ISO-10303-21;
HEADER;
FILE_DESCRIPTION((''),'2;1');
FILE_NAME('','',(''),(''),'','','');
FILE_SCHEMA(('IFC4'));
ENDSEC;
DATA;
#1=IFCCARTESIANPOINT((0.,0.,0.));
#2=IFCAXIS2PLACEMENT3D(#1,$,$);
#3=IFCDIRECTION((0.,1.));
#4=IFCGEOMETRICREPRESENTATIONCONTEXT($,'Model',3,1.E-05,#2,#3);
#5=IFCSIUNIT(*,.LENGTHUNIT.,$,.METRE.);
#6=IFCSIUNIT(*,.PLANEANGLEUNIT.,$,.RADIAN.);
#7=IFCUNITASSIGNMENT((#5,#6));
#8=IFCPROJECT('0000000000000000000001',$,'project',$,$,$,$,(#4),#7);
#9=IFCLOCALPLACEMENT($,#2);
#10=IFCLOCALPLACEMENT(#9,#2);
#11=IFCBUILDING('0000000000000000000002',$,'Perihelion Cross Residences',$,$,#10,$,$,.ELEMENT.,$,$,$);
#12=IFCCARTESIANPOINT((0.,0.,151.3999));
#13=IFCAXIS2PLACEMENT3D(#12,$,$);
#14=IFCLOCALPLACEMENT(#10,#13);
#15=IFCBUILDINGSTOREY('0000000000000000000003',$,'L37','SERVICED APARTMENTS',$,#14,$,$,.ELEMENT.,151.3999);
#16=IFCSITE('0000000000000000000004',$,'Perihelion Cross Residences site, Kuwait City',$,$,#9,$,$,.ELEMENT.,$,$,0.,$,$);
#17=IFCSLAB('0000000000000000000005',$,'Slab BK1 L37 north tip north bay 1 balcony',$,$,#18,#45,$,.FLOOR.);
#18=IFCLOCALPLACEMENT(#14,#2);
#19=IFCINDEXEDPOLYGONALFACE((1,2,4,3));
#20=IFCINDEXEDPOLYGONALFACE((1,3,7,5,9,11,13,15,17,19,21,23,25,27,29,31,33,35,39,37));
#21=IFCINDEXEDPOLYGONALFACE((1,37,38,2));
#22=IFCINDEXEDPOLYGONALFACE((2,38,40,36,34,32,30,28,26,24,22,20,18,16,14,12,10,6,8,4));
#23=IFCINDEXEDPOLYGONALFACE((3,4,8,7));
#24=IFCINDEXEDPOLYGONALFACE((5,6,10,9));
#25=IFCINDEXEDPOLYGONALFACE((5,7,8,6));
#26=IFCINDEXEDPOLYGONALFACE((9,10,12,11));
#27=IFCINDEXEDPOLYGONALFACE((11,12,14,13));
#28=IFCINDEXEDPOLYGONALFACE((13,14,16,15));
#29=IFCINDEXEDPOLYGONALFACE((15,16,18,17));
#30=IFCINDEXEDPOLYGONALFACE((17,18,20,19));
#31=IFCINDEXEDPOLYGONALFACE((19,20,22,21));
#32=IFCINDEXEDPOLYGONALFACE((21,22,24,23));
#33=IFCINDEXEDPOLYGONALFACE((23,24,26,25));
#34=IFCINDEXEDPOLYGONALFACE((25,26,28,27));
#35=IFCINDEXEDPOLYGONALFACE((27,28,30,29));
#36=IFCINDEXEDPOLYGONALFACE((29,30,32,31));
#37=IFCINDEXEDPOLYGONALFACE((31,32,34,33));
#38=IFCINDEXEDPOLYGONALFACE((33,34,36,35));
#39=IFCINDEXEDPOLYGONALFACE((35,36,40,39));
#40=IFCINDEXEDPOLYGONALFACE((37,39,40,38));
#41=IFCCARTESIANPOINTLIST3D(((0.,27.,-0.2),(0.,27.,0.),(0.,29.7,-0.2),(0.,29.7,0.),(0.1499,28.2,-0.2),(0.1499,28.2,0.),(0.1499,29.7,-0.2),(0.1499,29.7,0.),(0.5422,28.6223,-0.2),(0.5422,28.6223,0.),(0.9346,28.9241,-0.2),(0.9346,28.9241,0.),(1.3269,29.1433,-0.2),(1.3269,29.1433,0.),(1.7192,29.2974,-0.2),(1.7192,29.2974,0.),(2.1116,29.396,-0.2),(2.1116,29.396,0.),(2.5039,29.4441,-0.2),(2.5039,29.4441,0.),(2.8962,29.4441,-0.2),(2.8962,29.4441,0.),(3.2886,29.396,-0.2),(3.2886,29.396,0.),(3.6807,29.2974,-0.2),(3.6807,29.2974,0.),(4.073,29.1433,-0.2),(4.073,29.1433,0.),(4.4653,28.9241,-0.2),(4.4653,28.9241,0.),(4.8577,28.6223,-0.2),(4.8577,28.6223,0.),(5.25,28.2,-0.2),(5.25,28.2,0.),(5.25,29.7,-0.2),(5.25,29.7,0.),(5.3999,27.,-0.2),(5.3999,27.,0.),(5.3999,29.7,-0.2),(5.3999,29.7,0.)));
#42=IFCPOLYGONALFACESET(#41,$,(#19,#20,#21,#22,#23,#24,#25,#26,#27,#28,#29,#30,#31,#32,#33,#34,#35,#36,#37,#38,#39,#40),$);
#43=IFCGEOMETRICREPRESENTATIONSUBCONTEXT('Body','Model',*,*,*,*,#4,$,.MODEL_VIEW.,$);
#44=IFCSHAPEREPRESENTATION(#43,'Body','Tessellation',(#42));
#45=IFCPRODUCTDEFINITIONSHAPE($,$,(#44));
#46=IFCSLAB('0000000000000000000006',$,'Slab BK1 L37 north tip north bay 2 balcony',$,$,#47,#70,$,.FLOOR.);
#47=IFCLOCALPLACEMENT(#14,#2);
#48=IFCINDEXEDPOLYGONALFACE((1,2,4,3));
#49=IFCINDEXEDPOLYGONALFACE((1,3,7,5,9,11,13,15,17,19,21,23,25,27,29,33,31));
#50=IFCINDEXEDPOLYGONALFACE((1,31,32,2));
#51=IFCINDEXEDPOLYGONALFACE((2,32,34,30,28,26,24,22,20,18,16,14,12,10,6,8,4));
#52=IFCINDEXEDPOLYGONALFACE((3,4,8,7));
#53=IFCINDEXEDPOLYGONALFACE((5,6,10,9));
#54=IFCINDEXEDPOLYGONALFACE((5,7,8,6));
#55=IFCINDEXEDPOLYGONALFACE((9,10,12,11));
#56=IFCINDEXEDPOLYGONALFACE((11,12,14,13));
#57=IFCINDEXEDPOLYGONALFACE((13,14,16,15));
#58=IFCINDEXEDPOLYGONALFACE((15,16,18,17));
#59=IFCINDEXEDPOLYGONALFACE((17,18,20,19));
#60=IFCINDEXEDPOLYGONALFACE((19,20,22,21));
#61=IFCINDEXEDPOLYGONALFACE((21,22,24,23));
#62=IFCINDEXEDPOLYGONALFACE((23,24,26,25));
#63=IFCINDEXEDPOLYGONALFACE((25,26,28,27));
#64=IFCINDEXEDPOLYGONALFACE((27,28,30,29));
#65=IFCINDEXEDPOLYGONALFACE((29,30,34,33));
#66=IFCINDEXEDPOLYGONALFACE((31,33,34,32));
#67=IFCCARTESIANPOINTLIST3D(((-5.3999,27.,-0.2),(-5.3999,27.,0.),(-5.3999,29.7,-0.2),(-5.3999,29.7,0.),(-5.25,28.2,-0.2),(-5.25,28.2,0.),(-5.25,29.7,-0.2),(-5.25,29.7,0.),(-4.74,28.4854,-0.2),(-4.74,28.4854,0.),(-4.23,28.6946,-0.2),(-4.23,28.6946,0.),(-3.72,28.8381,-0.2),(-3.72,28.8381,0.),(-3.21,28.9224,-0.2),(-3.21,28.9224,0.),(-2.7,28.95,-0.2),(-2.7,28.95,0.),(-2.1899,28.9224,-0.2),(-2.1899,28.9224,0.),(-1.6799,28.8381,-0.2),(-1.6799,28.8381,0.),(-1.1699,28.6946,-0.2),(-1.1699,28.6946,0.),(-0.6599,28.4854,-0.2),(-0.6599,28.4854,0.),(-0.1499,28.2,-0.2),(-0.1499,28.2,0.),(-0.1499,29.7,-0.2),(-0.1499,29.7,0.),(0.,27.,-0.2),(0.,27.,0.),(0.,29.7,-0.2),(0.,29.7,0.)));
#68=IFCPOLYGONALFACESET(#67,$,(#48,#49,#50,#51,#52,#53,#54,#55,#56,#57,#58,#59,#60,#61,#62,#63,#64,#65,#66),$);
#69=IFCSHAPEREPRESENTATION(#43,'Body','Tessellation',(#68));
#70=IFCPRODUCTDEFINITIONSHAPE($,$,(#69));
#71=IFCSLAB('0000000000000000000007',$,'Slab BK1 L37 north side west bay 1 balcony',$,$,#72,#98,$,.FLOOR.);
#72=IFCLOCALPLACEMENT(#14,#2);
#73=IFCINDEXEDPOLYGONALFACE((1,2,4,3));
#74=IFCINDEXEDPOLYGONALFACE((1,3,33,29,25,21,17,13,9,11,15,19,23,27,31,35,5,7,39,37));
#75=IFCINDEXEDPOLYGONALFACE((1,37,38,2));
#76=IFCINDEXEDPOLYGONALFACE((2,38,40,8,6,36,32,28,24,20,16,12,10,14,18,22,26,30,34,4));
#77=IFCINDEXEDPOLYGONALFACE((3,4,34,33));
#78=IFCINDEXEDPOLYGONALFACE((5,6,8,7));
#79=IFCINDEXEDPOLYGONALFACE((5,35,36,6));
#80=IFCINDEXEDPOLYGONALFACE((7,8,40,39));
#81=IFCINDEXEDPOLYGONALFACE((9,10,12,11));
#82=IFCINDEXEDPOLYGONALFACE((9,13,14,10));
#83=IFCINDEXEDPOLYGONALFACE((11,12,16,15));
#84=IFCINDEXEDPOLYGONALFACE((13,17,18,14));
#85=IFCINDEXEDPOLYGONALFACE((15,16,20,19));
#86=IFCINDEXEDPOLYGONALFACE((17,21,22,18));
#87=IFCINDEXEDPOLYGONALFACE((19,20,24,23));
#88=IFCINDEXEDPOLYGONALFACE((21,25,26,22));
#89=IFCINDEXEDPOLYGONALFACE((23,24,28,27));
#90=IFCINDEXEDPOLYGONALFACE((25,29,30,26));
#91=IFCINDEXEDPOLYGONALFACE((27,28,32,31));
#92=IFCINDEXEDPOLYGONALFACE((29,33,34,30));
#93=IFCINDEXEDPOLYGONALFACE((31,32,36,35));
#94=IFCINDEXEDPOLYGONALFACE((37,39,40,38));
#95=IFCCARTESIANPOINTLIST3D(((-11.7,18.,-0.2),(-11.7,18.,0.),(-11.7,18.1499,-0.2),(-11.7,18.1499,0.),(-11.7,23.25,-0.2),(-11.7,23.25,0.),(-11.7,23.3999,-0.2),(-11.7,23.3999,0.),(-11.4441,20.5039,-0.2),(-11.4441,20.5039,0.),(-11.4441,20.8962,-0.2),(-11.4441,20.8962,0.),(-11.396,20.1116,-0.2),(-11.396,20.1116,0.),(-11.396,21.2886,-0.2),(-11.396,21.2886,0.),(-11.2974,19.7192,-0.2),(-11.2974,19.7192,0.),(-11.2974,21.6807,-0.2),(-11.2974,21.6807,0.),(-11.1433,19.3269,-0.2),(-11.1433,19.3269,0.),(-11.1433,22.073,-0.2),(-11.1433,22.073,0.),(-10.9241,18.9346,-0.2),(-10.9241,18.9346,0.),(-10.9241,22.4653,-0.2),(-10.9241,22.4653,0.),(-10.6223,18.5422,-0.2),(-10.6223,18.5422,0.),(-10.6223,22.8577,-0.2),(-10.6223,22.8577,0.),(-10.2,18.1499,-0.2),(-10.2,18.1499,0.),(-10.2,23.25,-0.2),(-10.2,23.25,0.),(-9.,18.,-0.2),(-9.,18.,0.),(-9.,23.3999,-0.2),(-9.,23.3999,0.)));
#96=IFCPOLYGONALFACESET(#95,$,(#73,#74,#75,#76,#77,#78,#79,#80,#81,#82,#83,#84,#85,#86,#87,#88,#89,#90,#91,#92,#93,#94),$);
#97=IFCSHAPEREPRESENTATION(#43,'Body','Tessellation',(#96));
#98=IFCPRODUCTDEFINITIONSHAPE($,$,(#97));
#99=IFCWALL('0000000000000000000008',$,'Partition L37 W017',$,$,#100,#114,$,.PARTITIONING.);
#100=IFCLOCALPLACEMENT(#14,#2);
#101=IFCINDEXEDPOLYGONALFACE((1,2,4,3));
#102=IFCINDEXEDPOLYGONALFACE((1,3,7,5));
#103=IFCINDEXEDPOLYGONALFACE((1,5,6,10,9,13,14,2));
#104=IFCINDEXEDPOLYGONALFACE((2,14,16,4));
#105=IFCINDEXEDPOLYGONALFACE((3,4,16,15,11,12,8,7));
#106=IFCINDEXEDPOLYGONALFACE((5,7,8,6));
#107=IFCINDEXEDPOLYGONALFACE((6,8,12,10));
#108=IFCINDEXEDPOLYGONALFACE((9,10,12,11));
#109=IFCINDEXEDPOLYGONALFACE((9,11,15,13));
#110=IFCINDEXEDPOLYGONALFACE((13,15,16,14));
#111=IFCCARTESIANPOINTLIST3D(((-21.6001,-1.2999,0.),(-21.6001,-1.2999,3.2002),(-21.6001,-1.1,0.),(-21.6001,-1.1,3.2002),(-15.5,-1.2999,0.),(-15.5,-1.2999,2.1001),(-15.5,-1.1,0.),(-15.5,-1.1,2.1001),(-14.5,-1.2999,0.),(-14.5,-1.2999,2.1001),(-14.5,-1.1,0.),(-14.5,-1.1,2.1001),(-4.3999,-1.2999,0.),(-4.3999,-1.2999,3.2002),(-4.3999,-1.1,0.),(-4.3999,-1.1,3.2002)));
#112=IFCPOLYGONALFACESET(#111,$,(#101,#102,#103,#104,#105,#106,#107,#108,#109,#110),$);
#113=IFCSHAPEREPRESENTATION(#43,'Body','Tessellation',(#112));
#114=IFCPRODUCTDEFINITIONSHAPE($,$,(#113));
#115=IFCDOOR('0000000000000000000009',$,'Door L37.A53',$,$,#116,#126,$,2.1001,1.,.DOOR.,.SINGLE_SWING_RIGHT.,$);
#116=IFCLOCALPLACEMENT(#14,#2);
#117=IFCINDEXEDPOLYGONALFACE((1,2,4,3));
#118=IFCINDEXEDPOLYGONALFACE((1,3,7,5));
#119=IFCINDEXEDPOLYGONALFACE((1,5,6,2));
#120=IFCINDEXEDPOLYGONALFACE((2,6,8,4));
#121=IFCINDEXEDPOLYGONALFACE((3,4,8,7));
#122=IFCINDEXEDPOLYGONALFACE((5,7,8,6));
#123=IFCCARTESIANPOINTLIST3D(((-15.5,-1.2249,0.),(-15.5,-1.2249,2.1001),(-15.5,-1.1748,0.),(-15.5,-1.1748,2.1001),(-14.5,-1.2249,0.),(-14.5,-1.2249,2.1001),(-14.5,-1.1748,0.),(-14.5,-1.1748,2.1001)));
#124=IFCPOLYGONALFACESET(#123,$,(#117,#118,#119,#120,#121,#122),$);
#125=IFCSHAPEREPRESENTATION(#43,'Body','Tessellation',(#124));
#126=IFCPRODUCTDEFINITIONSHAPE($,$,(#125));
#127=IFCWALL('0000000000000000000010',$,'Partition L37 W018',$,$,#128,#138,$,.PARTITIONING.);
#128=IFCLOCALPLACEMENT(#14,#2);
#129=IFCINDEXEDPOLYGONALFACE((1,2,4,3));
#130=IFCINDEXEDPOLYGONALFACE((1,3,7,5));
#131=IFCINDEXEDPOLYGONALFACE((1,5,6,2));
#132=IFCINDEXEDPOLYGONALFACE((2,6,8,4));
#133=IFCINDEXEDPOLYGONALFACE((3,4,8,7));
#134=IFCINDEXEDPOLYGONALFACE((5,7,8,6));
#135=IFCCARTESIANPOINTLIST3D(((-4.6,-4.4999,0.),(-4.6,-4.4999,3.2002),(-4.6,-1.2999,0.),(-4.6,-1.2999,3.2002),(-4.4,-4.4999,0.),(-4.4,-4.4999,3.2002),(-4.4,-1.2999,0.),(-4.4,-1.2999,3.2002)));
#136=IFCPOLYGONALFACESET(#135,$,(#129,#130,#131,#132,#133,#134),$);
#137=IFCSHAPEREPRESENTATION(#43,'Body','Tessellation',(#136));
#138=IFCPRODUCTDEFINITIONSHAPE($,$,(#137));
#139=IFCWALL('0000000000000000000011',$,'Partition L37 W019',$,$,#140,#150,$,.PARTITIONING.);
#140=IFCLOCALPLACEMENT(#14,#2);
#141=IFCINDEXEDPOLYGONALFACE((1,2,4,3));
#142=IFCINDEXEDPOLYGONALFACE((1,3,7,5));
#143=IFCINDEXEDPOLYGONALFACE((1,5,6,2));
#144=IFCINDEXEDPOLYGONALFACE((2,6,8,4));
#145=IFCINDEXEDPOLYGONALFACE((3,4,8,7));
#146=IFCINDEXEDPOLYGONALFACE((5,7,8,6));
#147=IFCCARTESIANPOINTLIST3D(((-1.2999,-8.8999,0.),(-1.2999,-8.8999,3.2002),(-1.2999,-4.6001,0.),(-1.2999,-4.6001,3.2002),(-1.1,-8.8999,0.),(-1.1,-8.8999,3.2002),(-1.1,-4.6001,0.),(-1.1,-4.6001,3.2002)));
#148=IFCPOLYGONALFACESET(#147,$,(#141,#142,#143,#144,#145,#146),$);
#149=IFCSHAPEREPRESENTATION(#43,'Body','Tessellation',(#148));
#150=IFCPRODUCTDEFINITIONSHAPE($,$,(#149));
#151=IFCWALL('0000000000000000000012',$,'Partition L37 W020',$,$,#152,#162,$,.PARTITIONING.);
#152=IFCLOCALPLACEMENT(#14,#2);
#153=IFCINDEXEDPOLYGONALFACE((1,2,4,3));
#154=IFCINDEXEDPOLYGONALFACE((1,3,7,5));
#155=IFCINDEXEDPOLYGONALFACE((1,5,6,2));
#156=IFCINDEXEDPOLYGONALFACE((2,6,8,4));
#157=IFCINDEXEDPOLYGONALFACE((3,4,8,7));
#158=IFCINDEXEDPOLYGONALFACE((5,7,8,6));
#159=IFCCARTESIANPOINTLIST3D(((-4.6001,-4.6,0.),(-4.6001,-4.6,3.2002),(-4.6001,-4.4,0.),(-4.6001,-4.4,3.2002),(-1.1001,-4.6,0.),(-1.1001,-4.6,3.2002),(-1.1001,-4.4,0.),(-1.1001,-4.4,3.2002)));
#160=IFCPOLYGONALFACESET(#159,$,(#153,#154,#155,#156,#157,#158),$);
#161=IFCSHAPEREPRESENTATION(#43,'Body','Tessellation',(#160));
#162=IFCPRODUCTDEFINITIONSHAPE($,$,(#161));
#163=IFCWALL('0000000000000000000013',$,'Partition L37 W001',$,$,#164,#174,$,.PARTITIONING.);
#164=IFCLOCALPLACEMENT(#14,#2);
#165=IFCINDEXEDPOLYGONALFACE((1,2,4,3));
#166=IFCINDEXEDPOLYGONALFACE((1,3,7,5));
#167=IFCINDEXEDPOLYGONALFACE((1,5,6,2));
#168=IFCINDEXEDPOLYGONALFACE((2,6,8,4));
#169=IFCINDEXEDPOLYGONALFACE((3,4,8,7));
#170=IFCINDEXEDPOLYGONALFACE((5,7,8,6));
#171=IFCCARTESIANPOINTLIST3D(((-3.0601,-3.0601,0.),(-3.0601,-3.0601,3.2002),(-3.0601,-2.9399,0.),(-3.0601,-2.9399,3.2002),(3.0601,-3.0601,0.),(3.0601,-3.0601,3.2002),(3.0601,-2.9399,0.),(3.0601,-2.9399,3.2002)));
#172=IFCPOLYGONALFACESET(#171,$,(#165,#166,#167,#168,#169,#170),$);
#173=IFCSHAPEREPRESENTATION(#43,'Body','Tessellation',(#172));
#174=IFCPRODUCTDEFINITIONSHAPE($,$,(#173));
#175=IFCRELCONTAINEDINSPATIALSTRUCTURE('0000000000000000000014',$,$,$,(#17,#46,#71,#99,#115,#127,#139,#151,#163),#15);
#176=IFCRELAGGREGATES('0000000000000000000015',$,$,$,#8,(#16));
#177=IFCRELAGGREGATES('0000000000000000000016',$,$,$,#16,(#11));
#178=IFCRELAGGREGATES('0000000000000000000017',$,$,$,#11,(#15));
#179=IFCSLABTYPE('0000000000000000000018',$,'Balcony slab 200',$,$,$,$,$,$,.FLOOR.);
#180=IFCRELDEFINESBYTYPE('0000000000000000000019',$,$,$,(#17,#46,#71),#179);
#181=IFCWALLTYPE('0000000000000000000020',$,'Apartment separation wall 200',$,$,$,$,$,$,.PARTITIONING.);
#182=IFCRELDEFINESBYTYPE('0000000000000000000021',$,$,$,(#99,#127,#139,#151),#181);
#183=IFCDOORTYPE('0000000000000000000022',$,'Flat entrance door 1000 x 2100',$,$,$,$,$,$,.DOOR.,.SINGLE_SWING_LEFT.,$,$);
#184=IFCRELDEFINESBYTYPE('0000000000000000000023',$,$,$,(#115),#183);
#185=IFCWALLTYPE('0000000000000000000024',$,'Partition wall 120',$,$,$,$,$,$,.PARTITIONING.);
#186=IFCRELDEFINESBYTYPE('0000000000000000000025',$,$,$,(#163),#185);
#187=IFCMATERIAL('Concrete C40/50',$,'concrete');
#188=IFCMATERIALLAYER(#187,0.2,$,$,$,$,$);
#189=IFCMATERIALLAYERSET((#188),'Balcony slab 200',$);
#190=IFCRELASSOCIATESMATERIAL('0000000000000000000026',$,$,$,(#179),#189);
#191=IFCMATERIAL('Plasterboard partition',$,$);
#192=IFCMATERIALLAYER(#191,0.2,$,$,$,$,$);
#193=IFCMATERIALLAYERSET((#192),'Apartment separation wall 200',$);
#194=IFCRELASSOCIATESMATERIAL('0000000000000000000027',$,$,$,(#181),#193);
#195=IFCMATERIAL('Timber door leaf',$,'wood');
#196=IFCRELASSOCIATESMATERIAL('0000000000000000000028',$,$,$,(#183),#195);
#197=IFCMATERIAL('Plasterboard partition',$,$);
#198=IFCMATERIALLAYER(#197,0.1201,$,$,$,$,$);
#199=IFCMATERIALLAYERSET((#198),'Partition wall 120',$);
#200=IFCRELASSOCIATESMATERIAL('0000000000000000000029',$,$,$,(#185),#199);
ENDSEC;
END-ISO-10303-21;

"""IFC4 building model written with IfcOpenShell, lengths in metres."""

from ifc_helpers import new_model, si_unit, direction, frame, frame_2d, origin, place, context, subcontext, project, spatial, polyline, rectangle, outline, extrude, material, layer, layer_set, type_object, element, fill, save


model = new_model("IFC4")

# Units and contexts
model_context = context("Model", 3, precision=1e-05, world=origin(), true_north=direction((0.0, 1.0)))
body_context = subcontext(model_context, "Body", "Model", "MODEL_VIEW")
ifc_project = project(units=[si_unit("LENGTHUNIT", "METRE"), si_unit("PLANEANGLEUNIT", "RADIAN")], contexts=[model_context])

# Site, building, storey
site_placement = place(None, origin())
site = spatial("IfcSite", under=ifc_project, at=site_placement, Name="Perihelion Cross Residences site, Kuwait City", CompositionType="ELEMENT", RefElevation=0.0)
building_placement = place(site_placement, origin())
building = spatial("IfcBuilding", under=site, at=building_placement, Name="Perihelion Cross Residences", CompositionType="ELEMENT")
storey_placement = place(building_placement, frame((0.0, 0.0, 151.3999)))
storey = spatial("IfcBuildingStorey", under=building, at=storey_placement, Name="L37", Description="SERVICED APARTMENTS", CompositionType="ELEMENT", Elevation=151.3999)

# Slabs
ifc_material_1 = material(Name="Concrete C40/50", Category="concrete")
ifc_layer_1 = layer(ifc_material_1, 0.2)
ifc_layer_set_1 = layer_set([ifc_layer_1], Name="Balcony slab 200")
slab_type_1 = type_object("IfcSlabType", Name="Balcony slab 200", PredefinedType="FLOOR", material=ifc_layer_set_1)
slab_1_placement = place(storey_placement, frame((0.0, 0.0, -0.2)))
element("IfcSlab", 1, at=slab_1_placement, inside=storey, type_object=slab_type_1, Name="Slab BK1 L37 north tip north bay 1 balcony", PredefinedType="FLOOR", context=body_context, shape_type="SweptSolid", body=[
    extrude(outline(polyline([(5.3999, 27.0), (0.0, 27.0), (0.0, 29.7), (0.1499, 29.7), (0.1499, 28.2), (0.5422, 28.6223), (0.9346, 28.9241), (1.3269, 29.1433), (1.7192, 29.2974), (2.1116, 29.396), (2.5039, 29.4441), (2.8962, 29.4441), (3.2886, 29.396), (3.6807, 29.2974), (4.073, 29.1433), (4.4653, 28.9241), (4.8577, 28.6223), (5.25, 28.2), (5.25, 29.7), (5.3999, 29.7), (5.3999, 27.0)])), origin(), (0.0, 0.0, 1.0), 0.2),
])
slab_2_placement = place(storey_placement, frame((0.0, 0.0, -0.2)))
element("IfcSlab", 2, at=slab_2_placement, inside=storey, type_object=slab_type_1, Name="Slab BK1 L37 north tip north bay 2 balcony", PredefinedType="FLOOR", context=body_context, shape_type="SweptSolid", body=[
    extrude(outline(polyline([(0.0, 27.0), (-5.3999, 27.0), (-5.3999, 29.7), (-5.25, 29.7), (-5.25, 28.2), (-4.74, 28.4854), (-4.23, 28.6946), (-3.72, 28.8381), (-3.21, 28.9224), (-2.7, 28.95), (-2.1899, 28.9224), (-1.6799, 28.8381), (-1.1699, 28.6946), (-0.6599, 28.4854), (-0.1499, 28.2), (-0.1499, 29.7), (0.0, 29.7), (0.0, 27.0)])), origin(), (0.0, 0.0, 1.0), 0.2),
])
slab_3_placement = place(storey_placement, frame((0.0, 0.0, -0.2)))
element("IfcSlab", 3, at=slab_3_placement, inside=storey, type_object=slab_type_1, Name="Slab BK1 L37 north side west bay 1 balcony", PredefinedType="FLOOR", context=body_context, shape_type="SweptSolid", body=[
    extrude(outline(polyline([(-9.0, 23.3999), (-9.0, 18.0), (-11.7, 18.0), (-11.7, 18.1499), (-10.2, 18.1499), (-10.6223, 18.5422), (-10.9241, 18.9346), (-11.1433, 19.3269), (-11.2974, 19.7192), (-11.396, 20.1116), (-11.4441, 20.5039), (-11.4441, 20.8962), (-11.396, 21.2886), (-11.2974, 21.6807), (-11.1433, 22.073), (-10.9241, 22.4653), (-10.6223, 22.8577), (-10.2, 23.25), (-11.7, 23.25), (-11.7, 23.3999), (-9.0, 23.3999)])), origin(), (0.0, 0.0, 1.0), 0.2),
])

# Wall, opening, door
ifc_material_2 = material(Name="Plasterboard partition")
ifc_layer_2 = layer(ifc_material_2, 0.2)
ifc_layer_set_2 = layer_set([ifc_layer_2], Name="Apartment separation wall 200")
wall_type_1 = type_object("IfcWallType", Name="Apartment separation wall 200", PredefinedType="PARTITIONING", material=ifc_layer_set_2)
wall_1_placement = place(storey_placement, frame((-4.3999, -1.2, 0.0), z_axis=(0.0, 0.0, 1.0), x_axis=(-1.0, 0.0, 0.0)))
wall_1 = element("IfcWall", 4, at=wall_1_placement, inside=storey, type_object=wall_type_1, Name="Partition L37 W017", PredefinedType="PARTITIONING", context=body_context, shape_type="SweptSolid", body=[
    extrude(rectangle(XDim=17.2002, YDim=0.2, at=frame_2d((8.6001, 0.0))), origin(), (0.0, 0.0, 1.0), 3.2002),
])
opening_1_placement = place(wall_1_placement, frame((10.1001, 0.0, 0.0)))
opening_1 = element("IfcOpeningElement", 5, at=opening_1_placement, cuts=wall_1, PredefinedType="OPENING", context=body_context, shape_type="SweptSolid", body=[
    extrude(rectangle(XDim=1.0, YDim=2.1001, at=frame_2d((0.5, 1.05))), frame((0.0, 0.1099, 0.0), z_axis=(0.0, -1.0, 0.0), x_axis=(1.0, 0.0, 0.0)), (0.0, 0.0, 1.0), 0.22),
])
ifc_material_3 = material(Name="Timber door leaf", Category="wood")
door_type_1 = type_object("IfcDoorType", Name="Flat entrance door 1000 x 2100", OperationType="SINGLE_SWING_LEFT", PredefinedType="DOOR", material=ifc_material_3)
door_1_placement = place(opening_1_placement, origin())
door_1 = element("IfcDoor", 6, at=door_1_placement, inside=storey, type_object=door_type_1, Name="Door L37.A53", OperationType="SINGLE_SWING_RIGHT", OverallHeight=2.1001, OverallWidth=1.0, PredefinedType="DOOR", context=body_context, shape_type="SweptSolid", body=[
    extrude(rectangle(XDim=1.0, YDim=2.1001, at=frame_2d((0.5, 1.05))), frame((0.0, 0.0249, 0.0), z_axis=(0.0, -1.0, 0.0), x_axis=(1.0, 0.0, 0.0)), (0.0, 0.0, 1.0), 0.05),
])
fill(opening_1, door_1)

# Walls
wall_2_placement = place(storey_placement, frame((-4.5, -4.5, 0.0), z_axis=(0.0, 0.0, 1.0), x_axis=(0.0, 1.0, 0.0)))
element("IfcWall", 7, at=wall_2_placement, inside=storey, type_object=wall_type_1, Name="Partition L37 W018", PredefinedType="PARTITIONING", context=body_context, shape_type="SweptSolid", body=[
    extrude(rectangle(XDim=3.2, YDim=0.2, at=frame_2d((1.6001, 0.0))), origin(), (0.0, 0.0, 1.0), 3.2002),
])
wall_3_placement = place(storey_placement, frame((-1.2, -8.8999, 0.0), z_axis=(0.0, 0.0, 1.0), x_axis=(0.0, 1.0, 0.0)))
element("IfcWall", 8, at=wall_3_placement, inside=storey, type_object=wall_type_1, Name="Partition L37 W019", PredefinedType="PARTITIONING", context=body_context, shape_type="SweptSolid", body=[
    extrude(rectangle(XDim=4.2998, YDim=0.2, at=frame_2d((2.1499, 0.0))), origin(), (0.0, 0.0, 1.0), 3.2002),
])
wall_4_placement = place(storey_placement, frame((-1.1001, -4.5, 0.0), z_axis=(0.0, 0.0, 1.0), x_axis=(-1.0, 0.0, 0.0)))
element("IfcWall", 9, at=wall_4_placement, inside=storey, type_object=wall_type_1, Name="Partition L37 W020", PredefinedType="PARTITIONING", context=body_context, shape_type="SweptSolid", body=[
    extrude(rectangle(XDim=3.5, YDim=0.2, at=frame_2d((1.75, 0.0))), origin(), (0.0, 0.0, 1.0), 3.2002),
])
ifc_material_4 = material(Name="Plasterboard partition")
ifc_layer_3 = layer(ifc_material_4, 0.1201)
ifc_layer_set_3 = layer_set([ifc_layer_3], Name="Partition wall 120")
wall_type_2 = type_object("IfcWallType", Name="Partition wall 120", PredefinedType="PARTITIONING", material=ifc_layer_set_3)
wall_5_placement = place(storey_placement, frame((-3.0601, -3.0, 0.0), z_axis=(0.0, 0.0, 1.0), x_axis=(1.0, 0.0, 0.0)))
element("IfcWall", 10, at=wall_5_placement, inside=storey, type_object=wall_type_2, Name="Partition L37 W001", PredefinedType="PARTITIONING", context=body_context, shape_type="SweptSolid", body=[
    extrude(rectangle(XDim=6.1201, YDim=0.1201, at=frame_2d((3.0601, 0.0))), origin(), (0.0, 0.0, 1.0), 3.2002),
])

save(model, "model.ifc")
